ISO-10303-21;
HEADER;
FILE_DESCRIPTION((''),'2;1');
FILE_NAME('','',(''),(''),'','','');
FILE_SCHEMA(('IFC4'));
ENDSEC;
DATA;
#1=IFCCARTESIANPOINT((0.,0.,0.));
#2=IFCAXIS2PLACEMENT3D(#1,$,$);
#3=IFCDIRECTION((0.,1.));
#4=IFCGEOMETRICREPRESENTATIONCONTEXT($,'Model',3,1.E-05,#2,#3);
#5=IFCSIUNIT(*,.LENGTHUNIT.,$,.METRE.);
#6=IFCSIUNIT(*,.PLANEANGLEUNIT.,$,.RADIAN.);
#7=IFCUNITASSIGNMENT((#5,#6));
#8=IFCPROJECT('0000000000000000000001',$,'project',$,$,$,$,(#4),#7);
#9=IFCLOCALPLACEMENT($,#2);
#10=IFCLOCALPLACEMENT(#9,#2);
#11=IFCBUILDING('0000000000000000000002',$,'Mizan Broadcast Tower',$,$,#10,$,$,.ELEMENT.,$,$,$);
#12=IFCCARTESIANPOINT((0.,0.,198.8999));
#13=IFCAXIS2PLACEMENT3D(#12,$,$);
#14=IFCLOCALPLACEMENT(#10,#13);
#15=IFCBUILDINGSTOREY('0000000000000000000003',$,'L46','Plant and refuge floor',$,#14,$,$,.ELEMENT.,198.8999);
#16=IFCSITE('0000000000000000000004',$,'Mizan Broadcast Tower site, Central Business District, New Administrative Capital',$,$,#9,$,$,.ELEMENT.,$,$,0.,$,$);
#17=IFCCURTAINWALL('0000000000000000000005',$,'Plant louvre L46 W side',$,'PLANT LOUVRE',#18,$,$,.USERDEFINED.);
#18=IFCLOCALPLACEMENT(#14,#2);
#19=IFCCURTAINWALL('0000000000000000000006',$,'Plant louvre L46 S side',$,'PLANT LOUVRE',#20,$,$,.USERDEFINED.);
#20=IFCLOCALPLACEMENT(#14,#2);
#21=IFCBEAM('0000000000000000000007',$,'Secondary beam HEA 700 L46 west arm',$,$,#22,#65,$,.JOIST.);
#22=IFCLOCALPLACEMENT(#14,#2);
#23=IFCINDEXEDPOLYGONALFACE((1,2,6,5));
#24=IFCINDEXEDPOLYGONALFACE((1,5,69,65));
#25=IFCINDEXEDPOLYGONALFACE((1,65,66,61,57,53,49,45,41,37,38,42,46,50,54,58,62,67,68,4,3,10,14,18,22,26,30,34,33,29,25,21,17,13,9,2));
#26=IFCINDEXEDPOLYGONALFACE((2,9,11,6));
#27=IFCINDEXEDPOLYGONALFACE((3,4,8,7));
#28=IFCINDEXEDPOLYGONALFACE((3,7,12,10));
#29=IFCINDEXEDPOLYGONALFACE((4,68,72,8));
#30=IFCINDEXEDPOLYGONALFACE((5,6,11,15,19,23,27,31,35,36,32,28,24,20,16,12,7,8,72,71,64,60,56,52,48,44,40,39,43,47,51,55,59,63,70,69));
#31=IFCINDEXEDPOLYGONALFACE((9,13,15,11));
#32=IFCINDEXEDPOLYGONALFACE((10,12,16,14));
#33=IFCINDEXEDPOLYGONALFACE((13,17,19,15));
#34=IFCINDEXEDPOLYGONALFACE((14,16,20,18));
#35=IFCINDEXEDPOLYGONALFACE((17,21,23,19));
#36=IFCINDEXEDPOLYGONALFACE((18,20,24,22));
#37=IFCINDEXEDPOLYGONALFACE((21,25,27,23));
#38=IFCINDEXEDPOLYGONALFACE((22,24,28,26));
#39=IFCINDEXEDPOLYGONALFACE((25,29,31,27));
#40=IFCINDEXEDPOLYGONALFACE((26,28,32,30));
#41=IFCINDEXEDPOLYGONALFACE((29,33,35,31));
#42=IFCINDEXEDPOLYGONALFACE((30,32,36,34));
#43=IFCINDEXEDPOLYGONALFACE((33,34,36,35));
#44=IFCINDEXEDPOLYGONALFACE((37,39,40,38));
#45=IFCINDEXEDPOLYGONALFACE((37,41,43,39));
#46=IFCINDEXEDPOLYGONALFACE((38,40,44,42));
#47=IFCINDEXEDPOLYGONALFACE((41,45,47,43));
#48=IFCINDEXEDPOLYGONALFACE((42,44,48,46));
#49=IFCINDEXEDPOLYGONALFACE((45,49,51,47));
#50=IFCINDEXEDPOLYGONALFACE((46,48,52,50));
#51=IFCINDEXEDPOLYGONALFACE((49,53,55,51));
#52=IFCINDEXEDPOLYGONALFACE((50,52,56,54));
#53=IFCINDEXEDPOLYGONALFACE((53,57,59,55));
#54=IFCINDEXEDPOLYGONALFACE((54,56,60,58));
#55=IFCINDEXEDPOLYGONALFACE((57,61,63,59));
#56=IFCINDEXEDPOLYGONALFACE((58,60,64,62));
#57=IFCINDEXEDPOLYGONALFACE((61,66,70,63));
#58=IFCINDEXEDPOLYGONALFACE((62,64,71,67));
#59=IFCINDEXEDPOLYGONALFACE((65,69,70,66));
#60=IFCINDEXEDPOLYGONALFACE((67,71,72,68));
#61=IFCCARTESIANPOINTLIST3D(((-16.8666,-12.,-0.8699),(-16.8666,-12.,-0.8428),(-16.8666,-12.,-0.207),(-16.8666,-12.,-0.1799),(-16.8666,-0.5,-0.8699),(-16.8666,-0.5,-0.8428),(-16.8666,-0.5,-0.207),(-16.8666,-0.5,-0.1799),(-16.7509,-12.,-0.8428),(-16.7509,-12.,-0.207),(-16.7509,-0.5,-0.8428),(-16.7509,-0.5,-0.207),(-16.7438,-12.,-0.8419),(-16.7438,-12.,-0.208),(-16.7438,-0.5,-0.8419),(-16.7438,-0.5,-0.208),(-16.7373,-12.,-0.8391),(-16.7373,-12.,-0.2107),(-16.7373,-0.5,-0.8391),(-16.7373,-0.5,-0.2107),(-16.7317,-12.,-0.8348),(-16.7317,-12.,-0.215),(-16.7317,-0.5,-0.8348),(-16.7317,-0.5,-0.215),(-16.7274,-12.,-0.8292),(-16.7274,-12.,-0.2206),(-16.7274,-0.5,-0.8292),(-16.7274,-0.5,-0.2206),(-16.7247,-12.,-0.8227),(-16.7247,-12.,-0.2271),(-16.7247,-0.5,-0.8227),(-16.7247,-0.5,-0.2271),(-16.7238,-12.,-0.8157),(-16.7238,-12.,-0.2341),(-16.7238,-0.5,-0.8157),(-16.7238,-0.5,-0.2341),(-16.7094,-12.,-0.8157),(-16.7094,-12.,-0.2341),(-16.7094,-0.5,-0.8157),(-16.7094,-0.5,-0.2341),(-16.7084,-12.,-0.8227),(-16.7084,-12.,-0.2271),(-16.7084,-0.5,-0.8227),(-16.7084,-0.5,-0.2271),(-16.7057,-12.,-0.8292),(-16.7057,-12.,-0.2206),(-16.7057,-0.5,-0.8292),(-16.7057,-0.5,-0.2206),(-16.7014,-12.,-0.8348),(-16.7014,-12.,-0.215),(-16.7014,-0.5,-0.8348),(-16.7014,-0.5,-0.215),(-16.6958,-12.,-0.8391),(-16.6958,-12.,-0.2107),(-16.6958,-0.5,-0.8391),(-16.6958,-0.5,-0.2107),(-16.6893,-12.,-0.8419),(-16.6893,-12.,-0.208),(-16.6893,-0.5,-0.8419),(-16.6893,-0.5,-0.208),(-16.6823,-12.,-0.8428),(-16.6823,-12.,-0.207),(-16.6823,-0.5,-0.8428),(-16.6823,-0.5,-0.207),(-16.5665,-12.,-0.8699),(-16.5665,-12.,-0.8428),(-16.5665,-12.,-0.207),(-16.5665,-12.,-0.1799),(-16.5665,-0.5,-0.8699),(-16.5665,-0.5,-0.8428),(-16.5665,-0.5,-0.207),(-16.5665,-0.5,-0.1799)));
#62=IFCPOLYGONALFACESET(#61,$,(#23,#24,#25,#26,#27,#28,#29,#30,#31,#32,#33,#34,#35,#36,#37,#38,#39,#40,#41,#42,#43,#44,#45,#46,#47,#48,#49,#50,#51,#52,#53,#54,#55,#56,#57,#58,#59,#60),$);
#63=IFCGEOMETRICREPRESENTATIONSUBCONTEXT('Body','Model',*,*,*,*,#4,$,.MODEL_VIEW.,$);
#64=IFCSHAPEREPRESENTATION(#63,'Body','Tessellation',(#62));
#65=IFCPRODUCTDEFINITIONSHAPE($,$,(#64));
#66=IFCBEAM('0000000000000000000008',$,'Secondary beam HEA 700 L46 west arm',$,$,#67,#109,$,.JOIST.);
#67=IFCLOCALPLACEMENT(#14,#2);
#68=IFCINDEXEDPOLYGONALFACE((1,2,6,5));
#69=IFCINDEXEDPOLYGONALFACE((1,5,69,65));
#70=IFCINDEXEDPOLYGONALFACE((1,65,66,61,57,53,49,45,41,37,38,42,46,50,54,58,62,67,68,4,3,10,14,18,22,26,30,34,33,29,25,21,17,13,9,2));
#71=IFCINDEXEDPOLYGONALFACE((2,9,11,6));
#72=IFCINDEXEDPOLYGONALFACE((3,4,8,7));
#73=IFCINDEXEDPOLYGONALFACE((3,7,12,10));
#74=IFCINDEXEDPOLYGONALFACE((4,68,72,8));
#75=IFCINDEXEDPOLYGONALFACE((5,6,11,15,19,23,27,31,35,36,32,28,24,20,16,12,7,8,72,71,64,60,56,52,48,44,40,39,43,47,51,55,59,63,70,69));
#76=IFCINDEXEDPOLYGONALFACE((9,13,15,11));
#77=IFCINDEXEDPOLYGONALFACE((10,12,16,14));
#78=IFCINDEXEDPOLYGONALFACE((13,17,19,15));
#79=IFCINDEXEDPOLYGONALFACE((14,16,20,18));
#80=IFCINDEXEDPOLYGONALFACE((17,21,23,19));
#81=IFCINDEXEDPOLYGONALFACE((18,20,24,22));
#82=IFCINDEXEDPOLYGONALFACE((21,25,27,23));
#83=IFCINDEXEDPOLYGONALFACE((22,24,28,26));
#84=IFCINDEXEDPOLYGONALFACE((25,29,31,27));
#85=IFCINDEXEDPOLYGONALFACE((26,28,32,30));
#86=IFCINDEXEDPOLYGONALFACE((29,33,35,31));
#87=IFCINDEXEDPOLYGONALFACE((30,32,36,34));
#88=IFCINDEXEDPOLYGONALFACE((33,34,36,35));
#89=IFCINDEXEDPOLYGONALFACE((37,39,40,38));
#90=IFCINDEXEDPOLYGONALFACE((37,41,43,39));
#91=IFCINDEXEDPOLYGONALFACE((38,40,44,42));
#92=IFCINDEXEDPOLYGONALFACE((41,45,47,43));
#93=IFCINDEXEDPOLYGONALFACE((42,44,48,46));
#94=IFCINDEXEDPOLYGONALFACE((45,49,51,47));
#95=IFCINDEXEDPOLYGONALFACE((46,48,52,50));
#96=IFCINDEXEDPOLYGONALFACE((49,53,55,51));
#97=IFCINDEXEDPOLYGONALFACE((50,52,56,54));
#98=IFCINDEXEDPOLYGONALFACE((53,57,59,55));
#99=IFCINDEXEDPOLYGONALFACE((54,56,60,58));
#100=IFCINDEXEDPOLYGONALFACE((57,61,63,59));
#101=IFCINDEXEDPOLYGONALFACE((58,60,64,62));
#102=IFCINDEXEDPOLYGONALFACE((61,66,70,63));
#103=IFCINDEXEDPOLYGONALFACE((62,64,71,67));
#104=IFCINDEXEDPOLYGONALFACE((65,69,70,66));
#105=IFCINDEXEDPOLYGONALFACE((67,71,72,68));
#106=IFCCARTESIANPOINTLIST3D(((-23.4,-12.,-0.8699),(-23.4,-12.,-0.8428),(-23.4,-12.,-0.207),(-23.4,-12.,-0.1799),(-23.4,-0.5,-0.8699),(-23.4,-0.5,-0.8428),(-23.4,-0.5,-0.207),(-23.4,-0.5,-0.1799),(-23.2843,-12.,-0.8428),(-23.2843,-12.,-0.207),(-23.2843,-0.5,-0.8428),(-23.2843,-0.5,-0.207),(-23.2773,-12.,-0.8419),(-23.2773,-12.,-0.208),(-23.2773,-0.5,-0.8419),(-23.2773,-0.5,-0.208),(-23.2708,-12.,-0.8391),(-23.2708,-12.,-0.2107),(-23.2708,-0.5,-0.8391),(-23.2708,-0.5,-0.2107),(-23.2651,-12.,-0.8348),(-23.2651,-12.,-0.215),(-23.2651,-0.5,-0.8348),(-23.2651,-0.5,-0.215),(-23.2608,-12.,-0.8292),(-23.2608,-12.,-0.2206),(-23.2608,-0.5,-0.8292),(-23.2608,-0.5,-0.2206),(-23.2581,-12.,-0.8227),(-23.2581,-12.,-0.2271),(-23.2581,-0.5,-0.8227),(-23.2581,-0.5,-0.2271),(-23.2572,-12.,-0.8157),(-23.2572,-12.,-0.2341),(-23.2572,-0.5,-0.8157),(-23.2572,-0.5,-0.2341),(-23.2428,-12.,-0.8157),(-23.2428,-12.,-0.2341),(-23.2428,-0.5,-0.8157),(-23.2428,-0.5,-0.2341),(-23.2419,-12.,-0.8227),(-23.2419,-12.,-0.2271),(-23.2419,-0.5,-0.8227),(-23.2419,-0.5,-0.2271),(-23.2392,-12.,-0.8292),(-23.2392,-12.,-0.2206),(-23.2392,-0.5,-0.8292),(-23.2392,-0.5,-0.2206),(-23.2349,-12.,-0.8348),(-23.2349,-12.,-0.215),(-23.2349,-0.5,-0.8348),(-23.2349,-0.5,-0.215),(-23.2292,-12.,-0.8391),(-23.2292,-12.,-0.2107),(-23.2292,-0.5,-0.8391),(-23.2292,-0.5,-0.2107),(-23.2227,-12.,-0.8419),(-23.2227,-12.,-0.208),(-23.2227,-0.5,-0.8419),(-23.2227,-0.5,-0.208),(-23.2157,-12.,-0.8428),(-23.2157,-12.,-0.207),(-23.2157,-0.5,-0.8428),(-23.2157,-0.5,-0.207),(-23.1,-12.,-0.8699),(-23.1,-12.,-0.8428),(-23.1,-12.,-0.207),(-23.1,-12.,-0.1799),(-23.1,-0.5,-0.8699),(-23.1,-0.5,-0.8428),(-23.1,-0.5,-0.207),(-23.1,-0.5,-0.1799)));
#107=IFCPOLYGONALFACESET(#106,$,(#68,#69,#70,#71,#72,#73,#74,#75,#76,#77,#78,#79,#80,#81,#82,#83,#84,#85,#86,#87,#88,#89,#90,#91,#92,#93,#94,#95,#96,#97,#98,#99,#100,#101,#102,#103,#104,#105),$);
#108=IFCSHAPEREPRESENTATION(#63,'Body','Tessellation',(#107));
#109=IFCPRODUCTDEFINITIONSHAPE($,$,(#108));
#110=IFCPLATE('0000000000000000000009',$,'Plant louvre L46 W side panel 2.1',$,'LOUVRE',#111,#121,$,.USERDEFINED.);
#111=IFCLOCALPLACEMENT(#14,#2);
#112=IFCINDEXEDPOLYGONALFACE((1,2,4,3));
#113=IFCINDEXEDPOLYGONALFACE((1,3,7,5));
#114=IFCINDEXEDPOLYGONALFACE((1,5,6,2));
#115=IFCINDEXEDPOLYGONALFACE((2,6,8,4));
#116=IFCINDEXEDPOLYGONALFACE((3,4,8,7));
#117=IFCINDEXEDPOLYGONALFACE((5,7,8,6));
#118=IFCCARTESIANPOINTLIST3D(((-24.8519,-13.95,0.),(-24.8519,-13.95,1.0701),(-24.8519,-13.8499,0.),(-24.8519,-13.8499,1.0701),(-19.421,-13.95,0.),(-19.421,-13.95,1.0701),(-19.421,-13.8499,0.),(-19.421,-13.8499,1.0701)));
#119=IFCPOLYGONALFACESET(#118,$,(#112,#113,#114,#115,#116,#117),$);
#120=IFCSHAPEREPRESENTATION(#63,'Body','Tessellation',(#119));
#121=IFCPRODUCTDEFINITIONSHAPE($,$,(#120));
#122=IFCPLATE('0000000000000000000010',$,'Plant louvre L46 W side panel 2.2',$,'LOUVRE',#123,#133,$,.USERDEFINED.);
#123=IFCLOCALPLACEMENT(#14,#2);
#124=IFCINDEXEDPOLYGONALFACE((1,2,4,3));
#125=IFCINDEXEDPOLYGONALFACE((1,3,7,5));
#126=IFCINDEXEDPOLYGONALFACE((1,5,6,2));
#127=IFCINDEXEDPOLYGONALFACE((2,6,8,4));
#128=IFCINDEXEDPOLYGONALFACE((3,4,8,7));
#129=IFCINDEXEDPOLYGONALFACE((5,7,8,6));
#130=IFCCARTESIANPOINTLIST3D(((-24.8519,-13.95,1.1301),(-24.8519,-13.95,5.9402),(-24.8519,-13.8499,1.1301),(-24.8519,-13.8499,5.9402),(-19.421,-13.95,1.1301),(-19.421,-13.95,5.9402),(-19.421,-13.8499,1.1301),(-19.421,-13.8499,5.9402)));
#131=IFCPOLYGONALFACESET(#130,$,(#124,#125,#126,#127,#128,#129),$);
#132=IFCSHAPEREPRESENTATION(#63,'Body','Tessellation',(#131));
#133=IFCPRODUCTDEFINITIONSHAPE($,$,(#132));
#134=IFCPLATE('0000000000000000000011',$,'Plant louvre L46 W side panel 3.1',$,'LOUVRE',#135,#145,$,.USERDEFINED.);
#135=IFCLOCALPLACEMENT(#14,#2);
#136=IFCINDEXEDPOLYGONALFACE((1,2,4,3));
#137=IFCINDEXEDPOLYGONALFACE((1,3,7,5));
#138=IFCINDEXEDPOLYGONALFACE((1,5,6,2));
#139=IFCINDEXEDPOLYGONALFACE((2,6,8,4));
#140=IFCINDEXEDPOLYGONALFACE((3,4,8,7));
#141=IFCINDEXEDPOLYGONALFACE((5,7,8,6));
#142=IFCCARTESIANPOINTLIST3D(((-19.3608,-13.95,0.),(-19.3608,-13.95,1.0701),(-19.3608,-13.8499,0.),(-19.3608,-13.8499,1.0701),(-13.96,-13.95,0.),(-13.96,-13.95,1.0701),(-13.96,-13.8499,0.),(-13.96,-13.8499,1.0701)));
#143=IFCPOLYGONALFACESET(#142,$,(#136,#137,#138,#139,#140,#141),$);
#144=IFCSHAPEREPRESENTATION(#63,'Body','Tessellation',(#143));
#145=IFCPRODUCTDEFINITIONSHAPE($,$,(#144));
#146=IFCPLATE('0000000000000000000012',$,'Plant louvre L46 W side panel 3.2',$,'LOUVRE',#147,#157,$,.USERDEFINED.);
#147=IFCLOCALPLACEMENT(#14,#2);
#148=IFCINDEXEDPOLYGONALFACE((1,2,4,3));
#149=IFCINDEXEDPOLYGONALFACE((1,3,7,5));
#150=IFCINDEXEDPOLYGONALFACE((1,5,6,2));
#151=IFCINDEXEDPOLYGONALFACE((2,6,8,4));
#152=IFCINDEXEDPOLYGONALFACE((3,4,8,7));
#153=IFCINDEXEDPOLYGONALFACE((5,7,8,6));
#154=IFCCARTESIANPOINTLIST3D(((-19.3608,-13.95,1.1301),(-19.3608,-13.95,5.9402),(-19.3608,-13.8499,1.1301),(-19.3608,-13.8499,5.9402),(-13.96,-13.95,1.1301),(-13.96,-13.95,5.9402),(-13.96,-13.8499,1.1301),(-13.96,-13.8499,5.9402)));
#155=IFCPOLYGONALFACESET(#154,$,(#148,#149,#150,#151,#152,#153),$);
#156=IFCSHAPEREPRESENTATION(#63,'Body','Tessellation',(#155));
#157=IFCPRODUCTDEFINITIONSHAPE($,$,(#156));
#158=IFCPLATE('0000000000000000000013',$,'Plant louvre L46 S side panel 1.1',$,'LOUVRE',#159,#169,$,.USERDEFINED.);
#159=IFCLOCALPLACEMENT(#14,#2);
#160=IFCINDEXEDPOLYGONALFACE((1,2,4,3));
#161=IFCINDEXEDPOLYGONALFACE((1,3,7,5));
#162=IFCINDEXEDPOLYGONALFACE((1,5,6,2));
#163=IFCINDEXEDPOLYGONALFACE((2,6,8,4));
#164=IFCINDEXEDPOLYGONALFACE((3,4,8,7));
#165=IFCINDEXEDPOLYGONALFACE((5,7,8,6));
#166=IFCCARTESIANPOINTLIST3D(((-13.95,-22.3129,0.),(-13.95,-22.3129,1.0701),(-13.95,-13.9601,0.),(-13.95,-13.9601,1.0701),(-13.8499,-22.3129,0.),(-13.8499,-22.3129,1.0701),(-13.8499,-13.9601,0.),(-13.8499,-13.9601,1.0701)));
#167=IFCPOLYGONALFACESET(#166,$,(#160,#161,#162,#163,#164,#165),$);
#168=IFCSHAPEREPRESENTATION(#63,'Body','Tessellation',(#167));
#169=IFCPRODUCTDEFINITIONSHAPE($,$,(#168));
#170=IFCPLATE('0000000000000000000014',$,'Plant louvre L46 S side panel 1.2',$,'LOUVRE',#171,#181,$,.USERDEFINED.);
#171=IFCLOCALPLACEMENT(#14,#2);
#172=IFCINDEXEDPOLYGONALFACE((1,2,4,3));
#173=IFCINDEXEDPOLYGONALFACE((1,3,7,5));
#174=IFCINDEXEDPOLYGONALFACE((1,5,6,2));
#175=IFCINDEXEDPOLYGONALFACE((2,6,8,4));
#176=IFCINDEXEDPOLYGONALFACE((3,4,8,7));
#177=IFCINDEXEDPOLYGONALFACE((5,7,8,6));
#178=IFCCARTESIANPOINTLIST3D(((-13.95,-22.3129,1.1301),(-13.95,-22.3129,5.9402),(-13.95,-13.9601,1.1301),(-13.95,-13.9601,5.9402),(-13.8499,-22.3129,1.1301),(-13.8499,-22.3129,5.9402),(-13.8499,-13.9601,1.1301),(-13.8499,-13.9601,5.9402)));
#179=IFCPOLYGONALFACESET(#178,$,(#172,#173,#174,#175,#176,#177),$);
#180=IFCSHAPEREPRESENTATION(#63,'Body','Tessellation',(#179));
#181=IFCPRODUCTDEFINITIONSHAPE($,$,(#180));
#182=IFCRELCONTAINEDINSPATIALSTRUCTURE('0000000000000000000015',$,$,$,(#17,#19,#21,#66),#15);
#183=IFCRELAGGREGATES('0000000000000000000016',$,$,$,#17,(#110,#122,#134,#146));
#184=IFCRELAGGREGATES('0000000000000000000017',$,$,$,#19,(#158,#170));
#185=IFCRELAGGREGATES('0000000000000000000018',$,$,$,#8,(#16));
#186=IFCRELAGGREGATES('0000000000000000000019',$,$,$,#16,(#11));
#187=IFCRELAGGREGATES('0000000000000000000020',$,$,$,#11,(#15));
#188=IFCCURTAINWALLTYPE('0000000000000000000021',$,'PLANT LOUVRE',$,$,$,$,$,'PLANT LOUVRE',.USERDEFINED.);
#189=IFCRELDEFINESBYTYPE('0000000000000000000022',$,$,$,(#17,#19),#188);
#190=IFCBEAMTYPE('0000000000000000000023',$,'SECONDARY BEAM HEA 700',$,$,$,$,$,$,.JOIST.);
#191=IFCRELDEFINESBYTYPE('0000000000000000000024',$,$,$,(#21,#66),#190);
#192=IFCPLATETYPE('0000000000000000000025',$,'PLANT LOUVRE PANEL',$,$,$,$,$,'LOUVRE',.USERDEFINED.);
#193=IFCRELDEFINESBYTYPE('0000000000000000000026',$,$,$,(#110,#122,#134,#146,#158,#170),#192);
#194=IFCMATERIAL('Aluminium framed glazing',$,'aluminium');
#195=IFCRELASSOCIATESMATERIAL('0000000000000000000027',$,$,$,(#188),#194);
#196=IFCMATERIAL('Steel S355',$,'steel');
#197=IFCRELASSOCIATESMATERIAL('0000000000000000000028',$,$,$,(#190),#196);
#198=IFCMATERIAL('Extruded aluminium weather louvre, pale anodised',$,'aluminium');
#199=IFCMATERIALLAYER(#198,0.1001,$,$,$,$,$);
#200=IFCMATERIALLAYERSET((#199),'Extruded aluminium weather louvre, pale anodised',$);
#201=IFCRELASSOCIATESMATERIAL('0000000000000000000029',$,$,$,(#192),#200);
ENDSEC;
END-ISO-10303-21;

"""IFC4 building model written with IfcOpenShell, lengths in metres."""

from ifc_helpers import new_model, si_unit, direction, frame, origin, origin_2d, place, context, subcontext, project, spatial, rectangle, i_section, extrude, material, layer, layer_set, material_profile, profile_set, type_object, element, aggregate, save


model = new_model("IFC4")

# Units and contexts
model_context = context("Model", 3, precision=1e-05, world=origin(), true_north=direction((0.0, 1.0)))
body_context = subcontext(model_context, "Body", "Model", "MODEL_VIEW")
ifc_project = project(units=[si_unit("LENGTHUNIT", "METRE"), si_unit("PLANEANGLEUNIT", "RADIAN")], contexts=[model_context])

# Site, building, storey
site_placement = place(None, origin())
site = spatial("IfcSite", under=ifc_project, at=site_placement, Name="Mizan Broadcast Tower site, Central Business District, New Administrative Capital", CompositionType="ELEMENT", RefElevation=0.0)
building_placement = place(site_placement, origin())
building = spatial("IfcBuilding", under=site, at=building_placement, Name="Mizan Broadcast Tower", CompositionType="ELEMENT")
storey_placement = place(building_placement, frame((0.0, 0.0, 198.8999)))
storey = spatial("IfcBuildingStorey", under=building, at=storey_placement, Name="L46", Description="Plant and refuge floor", CompositionType="ELEMENT", Elevation=198.8999)

# Curtain wall
ifc_material_1 = material(Name="Aluminium framed glazing", Category="aluminium")
curtain_wall_type = type_object("IfcCurtainWallType", Name="PLANT LOUVRE", ElementType="PLANT LOUVRE", PredefinedType="USERDEFINED", material=ifc_material_1)
curtain_wall_1_placement = place(storey_placement, origin())
curtain_wall_1 = element("IfcCurtainWall", 1, at=curtain_wall_1_placement, inside=storey, type_object=curtain_wall_type, Name="Plant louvre L46 W side", ObjectType="PLANT LOUVRE", PredefinedType="USERDEFINED")

# Curtain wall
curtain_wall_2_placement = place(storey_placement, origin())
curtain_wall_2 = element("IfcCurtainWall", 2, at=curtain_wall_2_placement, inside=storey, type_object=curtain_wall_type, Name="Plant louvre L46 S side", ObjectType="PLANT LOUVRE", PredefinedType="USERDEFINED")

# Beams
ifc_material_2 = material(Name="Steel S355", Category="steel")
ifc_material_profile_1 = material_profile(ifc_material_2, i_section(OverallWidth=0.3, OverallDepth=0.6899, WebThickness=0.0144, FlangeThickness=0.0271, FilletRadius=0.0271, at=origin_2d()), Name="HEA 700")
ifc_profile_set_1 = profile_set([ifc_material_profile_1], Name="Steel S355")
beam_type_1 = type_object("IfcBeamType", Name="SECONDARY BEAM HEA 700", PredefinedType="JOIST", material=ifc_profile_set_1)
for number, where, z_axis, x_axis, name in (
    (3, (-16.7166, -12.0, -0.5249), (0.0, 1.0, 0.0), (-1.0, 0.0, 0.0), "Secondary beam HEA 700 L46 west arm"),
    (4, (-23.25, -12.0, -0.5249), (0.0, 1.0, 0.0), (-1.0, 0.0, 0.0), "Secondary beam HEA 700 L46 west arm"),
):
    element("IfcBeam", number, at=place(storey_placement, frame(where, z_axis=z_axis, x_axis=x_axis)), inside=storey, type_object=beam_type_1, Name=name, PredefinedType="JOIST", context=body_context, shape_type="SweptSolid", body=[
        extrude(i_section(OverallWidth=0.3, OverallDepth=0.6899, WebThickness=0.0144, FlangeThickness=0.0271, FilletRadius=0.0271, at=origin_2d()), origin(), (0.0, 0.0, 1.0), 11.5),
    ])

# Plates
ifc_material_3 = material(Name="Extruded aluminium weather louvre, pale anodised", Category="aluminium")
ifc_layer_1 = layer(ifc_material_3, 0.1001)
ifc_layer_set_1 = layer_set([ifc_layer_1], Name="Extruded aluminium weather louvre, pale anodised")
plate_type = type_object("IfcPlateType", Name="PLANT LOUVRE PANEL", ElementType="LOUVRE", PredefinedType="USERDEFINED", material=ifc_layer_set_1)
plate_1_placement = place(storey_placement, frame((-22.1365, -13.8999, 0.0), z_axis=(0.0, 0.0, 1.0), x_axis=(1.0, 0.0, 0.0)))
plate_1 = element("IfcPlate", 5, at=plate_1_placement, type_object=plate_type, Name="Plant louvre L46 W side panel 2.1", ObjectType="LOUVRE", PredefinedType="USERDEFINED", context=body_context, shape_type="SweptSolid", body=[
    extrude(rectangle(XDim=5.4309, YDim=0.1001, at=origin_2d()), origin(), (0.0, 0.0, 1.0), 1.0701),
])
plate_2_placement = place(storey_placement, frame((-22.1365, -13.8999, 1.1301), z_axis=(0.0, 0.0, 1.0), x_axis=(1.0, 0.0, 0.0)))
plate_2 = element("IfcPlate", 6, at=plate_2_placement, type_object=plate_type, Name="Plant louvre L46 W side panel 2.2", ObjectType="LOUVRE", PredefinedType="USERDEFINED", context=body_context, shape_type="SweptSolid", body=[
    extrude(rectangle(XDim=5.4309, YDim=0.1001, at=origin_2d()), origin(), (0.0, 0.0, 1.0), 4.8101),
])
plate_3_placement = place(storey_placement, frame((-16.6604, -13.8999, 0.0), z_axis=(0.0, 0.0, 1.0), x_axis=(1.0, 0.0, 0.0)))
plate_3 = element("IfcPlate", 7, at=plate_3_placement, type_object=plate_type, Name="Plant louvre L46 W side panel 3.1", ObjectType="LOUVRE", PredefinedType="USERDEFINED", context=body_context, shape_type="SweptSolid", body=[
    extrude(rectangle(XDim=5.4009, YDim=0.1001, at=origin_2d()), origin(), (0.0, 0.0, 1.0), 1.0701),
])
plate_4_placement = place(storey_placement, frame((-16.6604, -13.8999, 1.1301), z_axis=(0.0, 0.0, 1.0), x_axis=(1.0, 0.0, 0.0)))
plate_4 = element("IfcPlate", 8, at=plate_4_placement, type_object=plate_type, Name="Plant louvre L46 W side panel 3.2", ObjectType="LOUVRE", PredefinedType="USERDEFINED", context=body_context, shape_type="SweptSolid", body=[
    extrude(rectangle(XDim=5.4009, YDim=0.1001, at=origin_2d()), origin(), (0.0, 0.0, 1.0), 4.8101),
])
aggregate(curtain_wall_1, [plate_1, plate_2, plate_3, plate_4])
plate_5_placement = place(storey_placement, frame((-13.8999, -18.1365, 0.0), z_axis=(0.0, 0.0, 1.0), x_axis=(0.0, -1.0, 0.0)))
plate_5 = element("IfcPlate", 9, at=plate_5_placement, type_object=plate_type, Name="Plant louvre L46 S side panel 1.1", ObjectType="LOUVRE", PredefinedType="USERDEFINED", context=body_context, shape_type="SweptSolid", body=[
    extrude(rectangle(XDim=8.3528, YDim=0.1001, at=origin_2d()), origin(), (0.0, 0.0, 1.0), 1.0701),
])
plate_6_placement = place(storey_placement, frame((-13.8999, -18.1365, 1.1301), z_axis=(0.0, 0.0, 1.0), x_axis=(0.0, -1.0, 0.0)))
plate_6 = element("IfcPlate", 10, at=plate_6_placement, type_object=plate_type, Name="Plant louvre L46 S side panel 1.2", ObjectType="LOUVRE", PredefinedType="USERDEFINED", context=body_context, shape_type="SweptSolid", body=[
    extrude(rectangle(XDim=8.3528, YDim=0.1001, at=origin_2d()), origin(), (0.0, 0.0, 1.0), 4.8101),
])
aggregate(curtain_wall_2, [plate_5, plate_6])

save(model, "model.ifc")
